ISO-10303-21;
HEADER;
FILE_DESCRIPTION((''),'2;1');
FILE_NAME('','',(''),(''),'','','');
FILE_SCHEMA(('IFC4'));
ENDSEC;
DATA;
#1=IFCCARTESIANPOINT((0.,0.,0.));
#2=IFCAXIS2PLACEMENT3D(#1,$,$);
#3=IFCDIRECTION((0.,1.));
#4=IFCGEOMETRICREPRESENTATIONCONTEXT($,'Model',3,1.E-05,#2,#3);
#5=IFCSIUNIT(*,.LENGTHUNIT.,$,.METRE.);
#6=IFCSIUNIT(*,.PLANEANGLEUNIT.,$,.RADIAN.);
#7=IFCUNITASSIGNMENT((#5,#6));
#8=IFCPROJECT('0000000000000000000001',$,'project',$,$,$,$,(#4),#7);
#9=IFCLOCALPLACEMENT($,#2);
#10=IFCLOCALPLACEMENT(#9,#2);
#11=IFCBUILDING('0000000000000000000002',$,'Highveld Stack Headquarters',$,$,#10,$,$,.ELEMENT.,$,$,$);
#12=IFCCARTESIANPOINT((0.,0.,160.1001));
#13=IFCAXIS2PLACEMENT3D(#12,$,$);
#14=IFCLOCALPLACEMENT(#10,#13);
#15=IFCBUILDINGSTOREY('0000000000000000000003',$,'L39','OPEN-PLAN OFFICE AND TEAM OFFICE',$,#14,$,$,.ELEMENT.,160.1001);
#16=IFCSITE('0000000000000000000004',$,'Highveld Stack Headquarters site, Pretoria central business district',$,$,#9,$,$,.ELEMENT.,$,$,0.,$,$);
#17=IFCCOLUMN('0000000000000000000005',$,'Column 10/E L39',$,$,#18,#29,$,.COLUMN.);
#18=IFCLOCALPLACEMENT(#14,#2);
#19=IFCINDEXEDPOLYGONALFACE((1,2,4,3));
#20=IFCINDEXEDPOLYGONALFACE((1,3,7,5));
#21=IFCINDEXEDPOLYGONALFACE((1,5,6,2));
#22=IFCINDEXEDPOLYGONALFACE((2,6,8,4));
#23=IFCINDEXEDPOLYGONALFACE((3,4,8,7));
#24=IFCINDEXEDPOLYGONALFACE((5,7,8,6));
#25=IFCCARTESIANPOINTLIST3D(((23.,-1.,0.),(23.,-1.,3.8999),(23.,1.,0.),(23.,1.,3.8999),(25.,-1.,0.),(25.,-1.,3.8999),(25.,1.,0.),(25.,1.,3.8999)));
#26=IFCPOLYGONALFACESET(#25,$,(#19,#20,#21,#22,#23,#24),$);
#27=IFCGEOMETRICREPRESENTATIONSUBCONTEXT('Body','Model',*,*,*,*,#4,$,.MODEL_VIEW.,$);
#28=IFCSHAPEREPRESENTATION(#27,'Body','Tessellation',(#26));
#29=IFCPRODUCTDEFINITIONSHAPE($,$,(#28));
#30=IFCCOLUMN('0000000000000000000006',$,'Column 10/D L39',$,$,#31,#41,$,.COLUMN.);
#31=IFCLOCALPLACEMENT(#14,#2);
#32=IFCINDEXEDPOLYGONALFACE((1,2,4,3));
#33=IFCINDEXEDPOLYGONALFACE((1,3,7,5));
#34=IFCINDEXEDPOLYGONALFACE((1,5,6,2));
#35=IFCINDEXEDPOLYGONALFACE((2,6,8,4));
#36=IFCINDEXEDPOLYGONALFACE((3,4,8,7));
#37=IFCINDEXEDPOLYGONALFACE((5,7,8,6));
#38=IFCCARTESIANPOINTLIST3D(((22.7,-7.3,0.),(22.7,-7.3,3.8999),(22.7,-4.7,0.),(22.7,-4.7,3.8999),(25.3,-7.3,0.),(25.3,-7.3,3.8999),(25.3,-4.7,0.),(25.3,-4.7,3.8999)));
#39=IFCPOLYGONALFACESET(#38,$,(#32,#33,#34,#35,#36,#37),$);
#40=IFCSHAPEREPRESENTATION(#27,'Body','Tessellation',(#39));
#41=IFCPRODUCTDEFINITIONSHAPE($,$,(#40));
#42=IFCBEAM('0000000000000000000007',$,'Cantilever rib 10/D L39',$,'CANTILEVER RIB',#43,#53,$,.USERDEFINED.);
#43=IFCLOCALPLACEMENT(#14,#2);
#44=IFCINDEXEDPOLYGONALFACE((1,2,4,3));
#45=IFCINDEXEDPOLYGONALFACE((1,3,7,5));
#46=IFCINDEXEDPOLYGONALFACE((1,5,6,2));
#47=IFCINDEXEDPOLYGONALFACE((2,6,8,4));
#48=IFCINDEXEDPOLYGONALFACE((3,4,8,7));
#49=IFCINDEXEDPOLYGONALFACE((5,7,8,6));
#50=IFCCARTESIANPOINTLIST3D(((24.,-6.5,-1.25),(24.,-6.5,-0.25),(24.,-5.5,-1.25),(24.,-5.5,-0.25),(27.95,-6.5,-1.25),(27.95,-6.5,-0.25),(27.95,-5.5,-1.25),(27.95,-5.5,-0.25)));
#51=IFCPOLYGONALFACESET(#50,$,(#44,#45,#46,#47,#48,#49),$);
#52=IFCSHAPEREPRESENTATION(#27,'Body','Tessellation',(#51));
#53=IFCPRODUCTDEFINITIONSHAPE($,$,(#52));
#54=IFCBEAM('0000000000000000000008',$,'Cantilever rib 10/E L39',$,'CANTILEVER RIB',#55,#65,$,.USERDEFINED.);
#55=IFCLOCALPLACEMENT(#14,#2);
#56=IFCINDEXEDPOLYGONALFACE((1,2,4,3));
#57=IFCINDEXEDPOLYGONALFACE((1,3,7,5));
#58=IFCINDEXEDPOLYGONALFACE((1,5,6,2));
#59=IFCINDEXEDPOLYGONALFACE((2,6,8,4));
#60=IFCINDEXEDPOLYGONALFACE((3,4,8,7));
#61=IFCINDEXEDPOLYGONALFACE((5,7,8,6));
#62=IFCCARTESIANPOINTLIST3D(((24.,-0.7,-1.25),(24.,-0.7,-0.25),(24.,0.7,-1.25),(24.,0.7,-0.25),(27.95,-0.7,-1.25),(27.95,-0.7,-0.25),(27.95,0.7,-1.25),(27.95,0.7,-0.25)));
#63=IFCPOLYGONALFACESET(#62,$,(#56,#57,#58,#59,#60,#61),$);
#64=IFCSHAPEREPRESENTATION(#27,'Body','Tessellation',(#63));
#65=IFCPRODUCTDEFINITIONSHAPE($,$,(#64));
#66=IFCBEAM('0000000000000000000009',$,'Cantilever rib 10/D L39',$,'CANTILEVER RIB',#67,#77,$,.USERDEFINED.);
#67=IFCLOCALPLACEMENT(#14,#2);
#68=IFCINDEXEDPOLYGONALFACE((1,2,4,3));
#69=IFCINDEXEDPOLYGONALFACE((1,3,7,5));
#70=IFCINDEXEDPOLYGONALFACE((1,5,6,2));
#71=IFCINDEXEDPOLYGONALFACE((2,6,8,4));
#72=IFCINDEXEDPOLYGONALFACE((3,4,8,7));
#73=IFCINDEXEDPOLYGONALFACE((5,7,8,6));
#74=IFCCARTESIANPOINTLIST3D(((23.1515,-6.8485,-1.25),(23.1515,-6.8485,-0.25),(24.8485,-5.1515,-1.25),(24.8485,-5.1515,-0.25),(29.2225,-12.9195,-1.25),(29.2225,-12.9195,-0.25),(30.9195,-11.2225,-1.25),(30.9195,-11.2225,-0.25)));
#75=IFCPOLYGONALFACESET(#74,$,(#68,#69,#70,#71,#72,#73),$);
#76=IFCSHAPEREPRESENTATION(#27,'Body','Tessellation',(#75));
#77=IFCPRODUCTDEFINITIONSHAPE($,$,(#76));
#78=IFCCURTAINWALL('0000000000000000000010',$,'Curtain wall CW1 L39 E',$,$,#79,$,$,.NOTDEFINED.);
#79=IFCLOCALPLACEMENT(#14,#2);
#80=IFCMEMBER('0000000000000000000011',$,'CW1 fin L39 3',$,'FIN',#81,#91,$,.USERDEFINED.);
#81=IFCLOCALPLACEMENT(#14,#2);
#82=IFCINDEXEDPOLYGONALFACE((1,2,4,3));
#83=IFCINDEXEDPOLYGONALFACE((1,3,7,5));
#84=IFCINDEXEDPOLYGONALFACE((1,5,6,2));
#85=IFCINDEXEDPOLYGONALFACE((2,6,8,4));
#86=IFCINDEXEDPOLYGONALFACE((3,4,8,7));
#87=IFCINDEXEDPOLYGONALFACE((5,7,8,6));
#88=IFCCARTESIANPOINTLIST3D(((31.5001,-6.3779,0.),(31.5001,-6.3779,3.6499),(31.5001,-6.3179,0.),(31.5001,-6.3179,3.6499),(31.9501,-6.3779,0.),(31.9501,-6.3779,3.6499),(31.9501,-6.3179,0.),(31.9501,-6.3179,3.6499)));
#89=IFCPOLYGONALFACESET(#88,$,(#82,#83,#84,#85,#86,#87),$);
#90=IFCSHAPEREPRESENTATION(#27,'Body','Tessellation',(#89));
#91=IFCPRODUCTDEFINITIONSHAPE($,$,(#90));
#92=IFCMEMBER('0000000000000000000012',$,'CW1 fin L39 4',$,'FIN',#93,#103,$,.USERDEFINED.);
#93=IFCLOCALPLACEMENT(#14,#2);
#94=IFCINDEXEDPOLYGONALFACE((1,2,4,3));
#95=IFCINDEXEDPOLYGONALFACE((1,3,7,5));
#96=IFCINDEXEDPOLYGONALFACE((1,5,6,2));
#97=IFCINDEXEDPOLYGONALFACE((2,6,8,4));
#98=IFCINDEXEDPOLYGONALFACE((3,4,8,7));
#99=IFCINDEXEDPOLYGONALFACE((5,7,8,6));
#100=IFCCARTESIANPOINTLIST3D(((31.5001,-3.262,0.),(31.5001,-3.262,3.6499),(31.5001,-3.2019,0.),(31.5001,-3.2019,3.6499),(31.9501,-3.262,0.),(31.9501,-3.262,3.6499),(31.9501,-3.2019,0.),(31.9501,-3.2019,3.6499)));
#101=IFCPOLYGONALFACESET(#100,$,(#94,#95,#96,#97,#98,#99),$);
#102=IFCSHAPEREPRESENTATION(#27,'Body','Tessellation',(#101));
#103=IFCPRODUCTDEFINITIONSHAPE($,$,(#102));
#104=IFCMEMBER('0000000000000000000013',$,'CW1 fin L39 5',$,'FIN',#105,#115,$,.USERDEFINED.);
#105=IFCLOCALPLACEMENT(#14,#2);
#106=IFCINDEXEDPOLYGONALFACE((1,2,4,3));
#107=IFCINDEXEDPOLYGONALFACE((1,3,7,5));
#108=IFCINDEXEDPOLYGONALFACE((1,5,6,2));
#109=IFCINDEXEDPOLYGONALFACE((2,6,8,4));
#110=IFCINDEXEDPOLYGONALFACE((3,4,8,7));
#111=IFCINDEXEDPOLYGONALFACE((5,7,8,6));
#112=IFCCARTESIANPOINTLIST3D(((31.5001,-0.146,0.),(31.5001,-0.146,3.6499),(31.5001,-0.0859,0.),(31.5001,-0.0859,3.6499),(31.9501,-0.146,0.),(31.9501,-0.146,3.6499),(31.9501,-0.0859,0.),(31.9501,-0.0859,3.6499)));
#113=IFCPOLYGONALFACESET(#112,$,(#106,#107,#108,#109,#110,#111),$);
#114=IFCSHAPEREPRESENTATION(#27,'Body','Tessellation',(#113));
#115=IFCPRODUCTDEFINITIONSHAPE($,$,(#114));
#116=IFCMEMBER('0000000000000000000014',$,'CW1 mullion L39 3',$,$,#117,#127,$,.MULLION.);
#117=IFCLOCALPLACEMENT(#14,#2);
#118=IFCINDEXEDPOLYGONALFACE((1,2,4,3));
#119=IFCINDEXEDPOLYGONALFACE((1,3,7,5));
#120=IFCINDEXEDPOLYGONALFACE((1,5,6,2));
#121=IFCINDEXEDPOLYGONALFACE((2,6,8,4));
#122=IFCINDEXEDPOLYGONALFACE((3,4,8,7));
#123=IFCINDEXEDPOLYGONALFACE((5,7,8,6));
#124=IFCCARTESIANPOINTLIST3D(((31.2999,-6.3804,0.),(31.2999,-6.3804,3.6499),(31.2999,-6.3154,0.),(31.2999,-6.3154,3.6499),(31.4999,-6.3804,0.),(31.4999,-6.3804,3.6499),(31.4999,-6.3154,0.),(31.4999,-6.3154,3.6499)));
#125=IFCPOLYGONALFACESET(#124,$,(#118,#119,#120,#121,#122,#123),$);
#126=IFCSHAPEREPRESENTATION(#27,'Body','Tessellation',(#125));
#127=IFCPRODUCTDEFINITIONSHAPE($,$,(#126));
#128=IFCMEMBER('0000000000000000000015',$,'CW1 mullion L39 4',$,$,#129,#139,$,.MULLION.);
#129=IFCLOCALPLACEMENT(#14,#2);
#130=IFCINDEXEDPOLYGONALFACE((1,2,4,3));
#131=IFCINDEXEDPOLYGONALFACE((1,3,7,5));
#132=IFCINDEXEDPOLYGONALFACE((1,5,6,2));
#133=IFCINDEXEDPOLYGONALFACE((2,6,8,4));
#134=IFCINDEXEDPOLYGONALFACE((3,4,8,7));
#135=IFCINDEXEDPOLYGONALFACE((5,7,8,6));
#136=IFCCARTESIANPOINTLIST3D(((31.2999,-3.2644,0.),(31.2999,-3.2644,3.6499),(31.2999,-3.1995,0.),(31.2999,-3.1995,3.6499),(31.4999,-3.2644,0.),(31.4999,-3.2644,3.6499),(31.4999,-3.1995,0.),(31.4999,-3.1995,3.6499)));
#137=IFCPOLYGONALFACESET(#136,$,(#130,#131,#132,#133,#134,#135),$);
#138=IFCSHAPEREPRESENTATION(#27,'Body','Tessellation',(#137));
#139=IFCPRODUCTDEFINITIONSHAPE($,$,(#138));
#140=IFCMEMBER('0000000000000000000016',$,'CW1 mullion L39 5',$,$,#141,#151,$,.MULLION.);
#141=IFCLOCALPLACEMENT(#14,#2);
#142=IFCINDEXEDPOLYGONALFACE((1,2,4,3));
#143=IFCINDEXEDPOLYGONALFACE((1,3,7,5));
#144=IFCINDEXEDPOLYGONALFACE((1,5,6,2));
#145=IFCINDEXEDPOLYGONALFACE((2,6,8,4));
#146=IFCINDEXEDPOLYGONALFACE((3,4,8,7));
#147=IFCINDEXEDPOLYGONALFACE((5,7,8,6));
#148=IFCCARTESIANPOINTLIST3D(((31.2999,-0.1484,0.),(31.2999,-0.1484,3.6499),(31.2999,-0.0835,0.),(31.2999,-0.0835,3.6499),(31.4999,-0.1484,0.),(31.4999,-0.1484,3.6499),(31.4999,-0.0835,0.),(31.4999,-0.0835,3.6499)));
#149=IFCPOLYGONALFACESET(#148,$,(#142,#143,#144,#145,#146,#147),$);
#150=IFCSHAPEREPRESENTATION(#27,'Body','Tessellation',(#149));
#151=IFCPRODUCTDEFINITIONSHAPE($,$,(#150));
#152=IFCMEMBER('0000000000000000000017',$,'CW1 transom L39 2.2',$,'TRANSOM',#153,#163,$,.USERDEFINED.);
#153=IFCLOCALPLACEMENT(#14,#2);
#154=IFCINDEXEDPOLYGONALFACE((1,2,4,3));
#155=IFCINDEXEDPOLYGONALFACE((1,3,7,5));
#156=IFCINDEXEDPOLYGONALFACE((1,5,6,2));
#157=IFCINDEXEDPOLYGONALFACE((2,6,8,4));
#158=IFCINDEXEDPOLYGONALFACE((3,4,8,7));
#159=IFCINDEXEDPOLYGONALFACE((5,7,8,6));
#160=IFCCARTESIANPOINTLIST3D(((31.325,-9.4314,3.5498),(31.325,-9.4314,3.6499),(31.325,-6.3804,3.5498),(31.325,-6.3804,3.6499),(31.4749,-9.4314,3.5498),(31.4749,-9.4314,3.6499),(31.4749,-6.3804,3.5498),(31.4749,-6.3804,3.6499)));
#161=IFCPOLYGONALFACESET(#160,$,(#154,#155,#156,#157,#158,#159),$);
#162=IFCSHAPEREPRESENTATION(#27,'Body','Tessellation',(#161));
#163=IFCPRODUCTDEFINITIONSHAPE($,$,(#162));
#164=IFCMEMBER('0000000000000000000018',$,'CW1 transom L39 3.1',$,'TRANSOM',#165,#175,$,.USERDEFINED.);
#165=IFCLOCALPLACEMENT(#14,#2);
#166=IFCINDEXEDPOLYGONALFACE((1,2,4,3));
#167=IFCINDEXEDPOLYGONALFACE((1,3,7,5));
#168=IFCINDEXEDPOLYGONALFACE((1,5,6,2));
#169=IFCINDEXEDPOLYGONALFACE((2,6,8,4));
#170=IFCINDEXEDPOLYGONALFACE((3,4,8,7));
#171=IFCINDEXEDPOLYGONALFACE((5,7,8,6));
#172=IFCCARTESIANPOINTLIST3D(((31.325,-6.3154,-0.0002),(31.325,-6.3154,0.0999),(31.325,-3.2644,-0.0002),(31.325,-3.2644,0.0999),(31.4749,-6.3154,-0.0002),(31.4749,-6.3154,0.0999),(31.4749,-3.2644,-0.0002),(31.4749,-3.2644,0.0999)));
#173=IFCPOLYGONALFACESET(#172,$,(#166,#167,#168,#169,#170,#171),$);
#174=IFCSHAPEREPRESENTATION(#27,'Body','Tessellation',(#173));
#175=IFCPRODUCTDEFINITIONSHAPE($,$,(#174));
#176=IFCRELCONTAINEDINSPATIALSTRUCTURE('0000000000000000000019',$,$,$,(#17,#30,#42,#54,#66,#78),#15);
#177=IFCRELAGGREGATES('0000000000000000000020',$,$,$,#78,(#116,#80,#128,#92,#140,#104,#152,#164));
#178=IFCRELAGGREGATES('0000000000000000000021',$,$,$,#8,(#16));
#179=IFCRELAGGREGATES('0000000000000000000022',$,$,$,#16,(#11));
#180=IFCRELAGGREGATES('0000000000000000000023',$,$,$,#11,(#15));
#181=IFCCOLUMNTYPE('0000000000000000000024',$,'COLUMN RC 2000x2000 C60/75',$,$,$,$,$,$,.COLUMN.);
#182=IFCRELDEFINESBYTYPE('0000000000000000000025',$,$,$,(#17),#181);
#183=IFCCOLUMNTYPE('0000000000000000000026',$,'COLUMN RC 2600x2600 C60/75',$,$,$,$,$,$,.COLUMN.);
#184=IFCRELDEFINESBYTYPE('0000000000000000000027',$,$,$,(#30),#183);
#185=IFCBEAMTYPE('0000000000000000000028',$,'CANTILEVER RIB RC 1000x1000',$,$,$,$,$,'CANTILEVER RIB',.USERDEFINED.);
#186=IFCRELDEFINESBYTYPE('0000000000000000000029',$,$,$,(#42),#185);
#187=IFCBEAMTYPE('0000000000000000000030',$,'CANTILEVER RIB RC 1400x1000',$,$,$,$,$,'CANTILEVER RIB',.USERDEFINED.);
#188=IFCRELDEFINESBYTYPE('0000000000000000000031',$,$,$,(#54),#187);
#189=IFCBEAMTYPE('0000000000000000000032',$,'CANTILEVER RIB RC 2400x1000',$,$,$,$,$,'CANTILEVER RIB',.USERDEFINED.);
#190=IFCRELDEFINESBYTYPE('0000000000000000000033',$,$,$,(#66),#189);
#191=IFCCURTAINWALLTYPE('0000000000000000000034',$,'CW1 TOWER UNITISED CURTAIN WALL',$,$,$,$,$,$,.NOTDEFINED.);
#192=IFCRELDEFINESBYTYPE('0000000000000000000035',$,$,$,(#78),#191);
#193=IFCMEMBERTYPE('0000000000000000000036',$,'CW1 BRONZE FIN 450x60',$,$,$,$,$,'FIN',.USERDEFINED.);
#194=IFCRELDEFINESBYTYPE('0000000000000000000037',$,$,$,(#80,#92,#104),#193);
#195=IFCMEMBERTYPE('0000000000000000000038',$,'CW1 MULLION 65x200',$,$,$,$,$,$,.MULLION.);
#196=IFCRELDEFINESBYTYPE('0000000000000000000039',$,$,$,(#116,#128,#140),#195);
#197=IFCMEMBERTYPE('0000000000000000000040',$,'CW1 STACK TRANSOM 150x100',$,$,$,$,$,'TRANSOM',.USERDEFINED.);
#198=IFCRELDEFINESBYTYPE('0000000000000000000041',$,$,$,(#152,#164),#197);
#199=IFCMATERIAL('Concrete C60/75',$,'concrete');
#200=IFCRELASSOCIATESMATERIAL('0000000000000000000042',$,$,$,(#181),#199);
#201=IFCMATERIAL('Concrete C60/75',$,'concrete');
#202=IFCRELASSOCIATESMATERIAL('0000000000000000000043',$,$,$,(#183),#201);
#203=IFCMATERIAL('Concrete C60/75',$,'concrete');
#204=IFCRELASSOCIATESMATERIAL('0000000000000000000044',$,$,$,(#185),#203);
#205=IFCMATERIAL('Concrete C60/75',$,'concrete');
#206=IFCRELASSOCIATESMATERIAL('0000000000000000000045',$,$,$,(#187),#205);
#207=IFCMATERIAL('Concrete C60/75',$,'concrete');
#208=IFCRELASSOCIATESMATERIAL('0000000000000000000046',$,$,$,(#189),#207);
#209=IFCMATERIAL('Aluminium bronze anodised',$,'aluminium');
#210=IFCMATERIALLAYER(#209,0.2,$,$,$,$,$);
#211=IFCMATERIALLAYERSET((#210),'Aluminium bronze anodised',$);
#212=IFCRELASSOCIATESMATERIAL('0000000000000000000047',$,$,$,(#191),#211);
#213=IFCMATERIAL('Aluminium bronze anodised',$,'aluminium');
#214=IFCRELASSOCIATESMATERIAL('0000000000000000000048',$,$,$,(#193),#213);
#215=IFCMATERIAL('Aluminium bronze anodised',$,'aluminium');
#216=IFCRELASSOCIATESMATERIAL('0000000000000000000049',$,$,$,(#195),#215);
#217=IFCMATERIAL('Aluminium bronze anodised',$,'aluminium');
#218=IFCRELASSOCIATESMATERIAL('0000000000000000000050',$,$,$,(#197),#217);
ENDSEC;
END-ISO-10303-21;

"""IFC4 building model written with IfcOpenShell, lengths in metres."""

from ifc_helpers import new_model, si_unit, direction, frame, origin, origin_2d, place, context, subcontext, project, spatial, rectangle, extrude, material, layer, layer_set, material_profile, profile_set, type_object, element, aggregate, save


model = new_model("IFC4")

# Units and contexts
model_context = context("Model", 3, precision=1e-05, world=origin(), true_north=direction((0.0, 1.0)))
body_context = subcontext(model_context, "Body", "Model", "MODEL_VIEW")
ifc_project = project(units=[si_unit("LENGTHUNIT", "METRE"), si_unit("PLANEANGLEUNIT", "RADIAN")], contexts=[model_context])

# Site, building, storey
site_placement = place(None, origin())
site = spatial("IfcSite", under=ifc_project, at=site_placement, Name="Highveld Stack Headquarters site, Pretoria central business district", CompositionType="ELEMENT", RefElevation=0.0)
building_placement = place(site_placement, origin())
building = spatial("IfcBuilding", under=site, at=building_placement, Name="Highveld Stack Headquarters", CompositionType="ELEMENT")
storey_placement = place(building_placement, frame((0.0, 0.0, 160.1001)))
storey = spatial("IfcBuildingStorey", under=building, at=storey_placement, Name="L39", Description="OPEN-PLAN OFFICE AND TEAM OFFICE", CompositionType="ELEMENT", Elevation=160.1001)

# Columns
ifc_material_1 = material(Name="Concrete C60/75", Category="concrete")
ifc_material_profile_1 = material_profile(ifc_material_1, rectangle(XDim=2.0, YDim=2.0, at=origin_2d()), Name="RC 2000x2000")
ifc_profile_set_1 = profile_set([ifc_material_profile_1], Name="Concrete C60/75")
column_type_1 = type_object("IfcColumnType", Name="COLUMN RC 2000x2000 C60/75", PredefinedType="COLUMN", material=ifc_profile_set_1)
column_1_placement = place(storey_placement, frame((24.0, 0.0, 0.0), z_axis=(0.0, 0.0, 1.0), x_axis=(1.0, 0.0, 0.0)))
element("IfcColumn", 1, at=column_1_placement, inside=storey, type_object=column_type_1, Name="Column 10/E L39", PredefinedType="COLUMN", context=body_context, shape_type="SweptSolid", body=[
    extrude(rectangle(XDim=2.0, YDim=2.0, at=origin_2d()), origin(), (0.0, 0.0, 1.0), 3.8999),
])
ifc_material_2 = material(Name="Concrete C60/75", Category="concrete")
ifc_material_profile_2 = material_profile(ifc_material_2, rectangle(XDim=2.6001, YDim=2.6001, at=origin_2d()), Name="RC 2600x2600")
ifc_profile_set_2 = profile_set([ifc_material_profile_2], Name="Concrete C60/75")
column_type_2 = type_object("IfcColumnType", Name="COLUMN RC 2600x2600 C60/75", PredefinedType="COLUMN", material=ifc_profile_set_2)
column_2_placement = place(storey_placement, frame((24.0, -6.0, 0.0), z_axis=(0.0, 0.0, 1.0), x_axis=(1.0, 0.0, 0.0)))
element("IfcColumn", 2, at=column_2_placement, inside=storey, type_object=column_type_2, Name="Column 10/D L39", PredefinedType="COLUMN", context=body_context, shape_type="SweptSolid", body=[
    extrude(rectangle(XDim=2.6001, YDim=2.6001, at=origin_2d()), origin(), (0.0, 0.0, 1.0), 3.8999),
])

# Beams
ifc_material_3 = material(Name="Concrete C60/75", Category="concrete")
ifc_material_profile_3 = material_profile(ifc_material_3, rectangle(XDim=1.0, YDim=1.0, at=origin_2d()), Name="RC 1000x1000")
ifc_profile_set_3 = profile_set([ifc_material_profile_3], Name="Concrete C60/75")
beam_type_1 = type_object("IfcBeamType", Name="CANTILEVER RIB RC 1000x1000", ElementType="CANTILEVER RIB", PredefinedType="USERDEFINED", material=ifc_profile_set_3)
beam_1_placement = place(storey_placement, frame((24.0, -6.0, -0.75), z_axis=(1.0, 0.0, 0.0), x_axis=(0.0, 1.0, 0.0)))
element("IfcBeam", 3, at=beam_1_placement, inside=storey, type_object=beam_type_1, Name="Cantilever rib 10/D L39", ObjectType="CANTILEVER RIB", PredefinedType="USERDEFINED", context=body_context, shape_type="SweptSolid", body=[
    extrude(rectangle(XDim=1.0, YDim=1.0, at=origin_2d()), origin(), (0.0, 0.0, 1.0), 3.95),
])
ifc_material_4 = material(Name="Concrete C60/75", Category="concrete")
ifc_material_profile_4 = material_profile(ifc_material_4, rectangle(XDim=1.3999, YDim=1.0, at=origin_2d()), Name="RC 1400x1000")
ifc_profile_set_4 = profile_set([ifc_material_profile_4], Name="Concrete C60/75")
beam_type_2 = type_object("IfcBeamType", Name="CANTILEVER RIB RC 1400x1000", ElementType="CANTILEVER RIB", PredefinedType="USERDEFINED", material=ifc_profile_set_4)
beam_2_placement = place(storey_placement, frame((24.0, 0.0, -0.75), z_axis=(1.0, 0.0, 0.0), x_axis=(0.0, 1.0, 0.0)))
element("IfcBeam", 4, at=beam_2_placement, inside=storey, type_object=beam_type_2, Name="Cantilever rib 10/E L39", ObjectType="CANTILEVER RIB", PredefinedType="USERDEFINED", context=body_context, shape_type="SweptSolid", body=[
    extrude(rectangle(XDim=1.3999, YDim=1.0, at=origin_2d()), origin(), (0.0, 0.0, 1.0), 3.95),
])
ifc_material_5 = material(Name="Concrete C60/75", Category="concrete")
ifc_material_profile_5 = material_profile(ifc_material_5, rectangle(XDim=2.3999, YDim=1.0, at=origin_2d()), Name="RC 2400x1000")
ifc_profile_set_5 = profile_set([ifc_material_profile_5], Name="Concrete C60/75")
beam_type_3 = type_object("IfcBeamType", Name="CANTILEVER RIB RC 2400x1000", ElementType="CANTILEVER RIB", PredefinedType="USERDEFINED", material=ifc_profile_set_5)
beam_3_placement = place(storey_placement, frame((24.0, -6.0, -0.75), z_axis=(0.707107, -0.707107, 0.0), x_axis=(0.707107, 0.707107, 0.0)))
element("IfcBeam", 5, at=beam_3_placement, inside=storey, type_object=beam_type_3, Name="Cantilever rib 10/D L39", ObjectType="CANTILEVER RIB", PredefinedType="USERDEFINED", context=body_context, shape_type="SweptSolid", body=[
    extrude(rectangle(XDim=2.3999, YDim=1.0, at=origin_2d()), origin(), (0.0, 0.0, 1.0), 8.5857),
])

# Curtain wall, members
ifc_material_6 = material(Name="Aluminium bronze anodised", Category="aluminium")
ifc_layer_1 = layer(ifc_material_6, 0.2)
ifc_layer_set_1 = layer_set([ifc_layer_1], Name="Aluminium bronze anodised")
curtain_wall_type = type_object("IfcCurtainWallType", Name="CW1 TOWER UNITISED CURTAIN WALL", PredefinedType="NOTDEFINED", material=ifc_layer_set_1)
curtain_wall_placement = place(storey_placement, origin())
curtain_wall = element("IfcCurtainWall", 6, at=curtain_wall_placement, inside=storey, type_object=curtain_wall_type, Name="Curtain wall CW1 L39 E", PredefinedType="NOTDEFINED")
ifc_material_7 = material(Name="Aluminium bronze anodised", Category="aluminium")
ifc_material_profile_6 = material_profile(ifc_material_7, rectangle(XDim=0.45, YDim=0.0601, at=origin_2d()), Name="FIN 450x60")
ifc_profile_set_6 = profile_set([ifc_material_profile_6], Name="Aluminium bronze anodised")
member_type_1 = type_object("IfcMemberType", Name="CW1 BRONZE FIN 450x60", ElementType="FIN", PredefinedType="USERDEFINED", material=ifc_profile_set_6)
member_1_placement = place(storey_placement, frame((31.7251, -6.3479, 0.0), z_axis=(0.0, 0.0, 1.0), x_axis=(-1.0, 0.0, 0.0)))
member_1 = element("IfcMember", 7, at=member_1_placement, type_object=member_type_1, Name="CW1 fin L39 3", ObjectType="FIN", PredefinedType="USERDEFINED", context=body_context, shape_type="SweptSolid", body=[
    extrude(rectangle(XDim=0.45, YDim=0.0601, at=origin_2d()), origin(), (0.0, 0.0, 1.0), 3.6499),
])
member_2_placement = place(storey_placement, frame((31.7251, -3.2319, 0.0), z_axis=(0.0, 0.0, 1.0), x_axis=(-1.0, 0.0, 0.0)))
member_2 = element("IfcMember", 8, at=member_2_placement, type_object=member_type_1, Name="CW1 fin L39 4", ObjectType="FIN", PredefinedType="USERDEFINED", context=body_context, shape_type="SweptSolid", body=[
    extrude(rectangle(XDim=0.45, YDim=0.0601, at=origin_2d()), origin(), (0.0, 0.0, 1.0), 3.6499),
])
member_3_placement = place(storey_placement, frame((31.7251, -0.116, 0.0), z_axis=(0.0, 0.0, 1.0), x_axis=(-1.0, 0.0, 0.0)))
member_3 = element("IfcMember", 9, at=member_3_placement, type_object=member_type_1, Name="CW1 fin L39 5", ObjectType="FIN", PredefinedType="USERDEFINED", context=body_context, shape_type="SweptSolid", body=[
    extrude(rectangle(XDim=0.45, YDim=0.0601, at=origin_2d()), origin(), (0.0, 0.0, 1.0), 3.6499),
])
ifc_material_8 = material(Name="Aluminium bronze anodised", Category="aluminium")
ifc_material_profile_7 = material_profile(ifc_material_8, rectangle(XDim=0.2, YDim=0.0649, at=origin_2d()), Name="CW1 MULLION 65x200")
ifc_profile_set_7 = profile_set([ifc_material_profile_7], Name="Aluminium bronze anodised")
member_type_2 = type_object("IfcMemberType", Name="CW1 MULLION 65x200", PredefinedType="MULLION", material=ifc_profile_set_7)
member_4_placement = place(storey_placement, frame((31.3999, -6.3479, 0.0), z_axis=(0.0, 0.0, 1.0), x_axis=(-1.0, 0.0, 0.0)))
member_4 = element("IfcMember", 10, at=member_4_placement, type_object=member_type_2, Name="CW1 mullion L39 3", PredefinedType="MULLION", context=body_context, shape_type="SweptSolid", body=[
    extrude(rectangle(XDim=0.2, YDim=0.0649, at=origin_2d()), origin(), (0.0, 0.0, 1.0), 3.6499),
])
member_5_placement = place(storey_placement, frame((31.3999, -3.2319, 0.0), z_axis=(0.0, 0.0, 1.0), x_axis=(-1.0, 0.0, 0.0)))
member_5 = element("IfcMember", 11, at=member_5_placement, type_object=member_type_2, Name="CW1 mullion L39 4", PredefinedType="MULLION", context=body_context, shape_type="SweptSolid", body=[
    extrude(rectangle(XDim=0.2, YDim=0.0649, at=origin_2d()), origin(), (0.0, 0.0, 1.0), 3.6499),
])
member_6_placement = place(storey_placement, frame((31.3999, -0.116, 0.0), z_axis=(0.0, 0.0, 1.0), x_axis=(-1.0, 0.0, 0.0)))
member_6 = element("IfcMember", 12, at=member_6_placement, type_object=member_type_2, Name="CW1 mullion L39 5", PredefinedType="MULLION", context=body_context, shape_type="SweptSolid", body=[
    extrude(rectangle(XDim=0.2, YDim=0.0649, at=origin_2d()), origin(), (0.0, 0.0, 1.0), 3.6499),
])
ifc_material_9 = material(Name="Aluminium bronze anodised", Category="aluminium")
ifc_material_profile_8 = material_profile(ifc_material_9, rectangle(XDim=0.1499, YDim=0.1001, at=origin_2d()), Name="CW1 TRANSOM 150x100")
ifc_profile_set_8 = profile_set([ifc_material_profile_8], Name="Aluminium bronze anodised")
member_type_3 = type_object("IfcMemberType", Name="CW1 STACK TRANSOM 150x100", ElementType="TRANSOM", PredefinedType="USERDEFINED", material=ifc_profile_set_8)
member_7_placement = place(storey_placement, frame((31.3999, -9.4314, 3.5999), z_axis=(0.0, 1.0, 0.0), x_axis=(-1.0, 0.0, 0.0)))
member_7 = element("IfcMember", 13, at=member_7_placement, type_object=member_type_3, Name="CW1 transom L39 2.2", ObjectType="TRANSOM", PredefinedType="USERDEFINED", context=body_context, shape_type="SweptSolid", body=[
    extrude(rectangle(XDim=0.1499, YDim=0.1001, at=origin_2d()), origin(), (0.0, 0.0, 1.0), 3.051),
])
member_8_placement = place(storey_placement, frame((31.3999, -6.3154, 0.0498), z_axis=(0.0, 1.0, 0.0), x_axis=(-1.0, 0.0, 0.0)))
member_8 = element("IfcMember", 14, at=member_8_placement, type_object=member_type_3, Name="CW1 transom L39 3.1", ObjectType="TRANSOM", PredefinedType="USERDEFINED", context=body_context, shape_type="SweptSolid", body=[
    extrude(rectangle(XDim=0.1499, YDim=0.1001, at=origin_2d()), origin(), (0.0, 0.0, 1.0), 3.051),
])

aggregate(curtain_wall, [member_4, member_1, member_5, member_2, member_6, member_3, member_7, member_8])

save(model, "model.ifc")
